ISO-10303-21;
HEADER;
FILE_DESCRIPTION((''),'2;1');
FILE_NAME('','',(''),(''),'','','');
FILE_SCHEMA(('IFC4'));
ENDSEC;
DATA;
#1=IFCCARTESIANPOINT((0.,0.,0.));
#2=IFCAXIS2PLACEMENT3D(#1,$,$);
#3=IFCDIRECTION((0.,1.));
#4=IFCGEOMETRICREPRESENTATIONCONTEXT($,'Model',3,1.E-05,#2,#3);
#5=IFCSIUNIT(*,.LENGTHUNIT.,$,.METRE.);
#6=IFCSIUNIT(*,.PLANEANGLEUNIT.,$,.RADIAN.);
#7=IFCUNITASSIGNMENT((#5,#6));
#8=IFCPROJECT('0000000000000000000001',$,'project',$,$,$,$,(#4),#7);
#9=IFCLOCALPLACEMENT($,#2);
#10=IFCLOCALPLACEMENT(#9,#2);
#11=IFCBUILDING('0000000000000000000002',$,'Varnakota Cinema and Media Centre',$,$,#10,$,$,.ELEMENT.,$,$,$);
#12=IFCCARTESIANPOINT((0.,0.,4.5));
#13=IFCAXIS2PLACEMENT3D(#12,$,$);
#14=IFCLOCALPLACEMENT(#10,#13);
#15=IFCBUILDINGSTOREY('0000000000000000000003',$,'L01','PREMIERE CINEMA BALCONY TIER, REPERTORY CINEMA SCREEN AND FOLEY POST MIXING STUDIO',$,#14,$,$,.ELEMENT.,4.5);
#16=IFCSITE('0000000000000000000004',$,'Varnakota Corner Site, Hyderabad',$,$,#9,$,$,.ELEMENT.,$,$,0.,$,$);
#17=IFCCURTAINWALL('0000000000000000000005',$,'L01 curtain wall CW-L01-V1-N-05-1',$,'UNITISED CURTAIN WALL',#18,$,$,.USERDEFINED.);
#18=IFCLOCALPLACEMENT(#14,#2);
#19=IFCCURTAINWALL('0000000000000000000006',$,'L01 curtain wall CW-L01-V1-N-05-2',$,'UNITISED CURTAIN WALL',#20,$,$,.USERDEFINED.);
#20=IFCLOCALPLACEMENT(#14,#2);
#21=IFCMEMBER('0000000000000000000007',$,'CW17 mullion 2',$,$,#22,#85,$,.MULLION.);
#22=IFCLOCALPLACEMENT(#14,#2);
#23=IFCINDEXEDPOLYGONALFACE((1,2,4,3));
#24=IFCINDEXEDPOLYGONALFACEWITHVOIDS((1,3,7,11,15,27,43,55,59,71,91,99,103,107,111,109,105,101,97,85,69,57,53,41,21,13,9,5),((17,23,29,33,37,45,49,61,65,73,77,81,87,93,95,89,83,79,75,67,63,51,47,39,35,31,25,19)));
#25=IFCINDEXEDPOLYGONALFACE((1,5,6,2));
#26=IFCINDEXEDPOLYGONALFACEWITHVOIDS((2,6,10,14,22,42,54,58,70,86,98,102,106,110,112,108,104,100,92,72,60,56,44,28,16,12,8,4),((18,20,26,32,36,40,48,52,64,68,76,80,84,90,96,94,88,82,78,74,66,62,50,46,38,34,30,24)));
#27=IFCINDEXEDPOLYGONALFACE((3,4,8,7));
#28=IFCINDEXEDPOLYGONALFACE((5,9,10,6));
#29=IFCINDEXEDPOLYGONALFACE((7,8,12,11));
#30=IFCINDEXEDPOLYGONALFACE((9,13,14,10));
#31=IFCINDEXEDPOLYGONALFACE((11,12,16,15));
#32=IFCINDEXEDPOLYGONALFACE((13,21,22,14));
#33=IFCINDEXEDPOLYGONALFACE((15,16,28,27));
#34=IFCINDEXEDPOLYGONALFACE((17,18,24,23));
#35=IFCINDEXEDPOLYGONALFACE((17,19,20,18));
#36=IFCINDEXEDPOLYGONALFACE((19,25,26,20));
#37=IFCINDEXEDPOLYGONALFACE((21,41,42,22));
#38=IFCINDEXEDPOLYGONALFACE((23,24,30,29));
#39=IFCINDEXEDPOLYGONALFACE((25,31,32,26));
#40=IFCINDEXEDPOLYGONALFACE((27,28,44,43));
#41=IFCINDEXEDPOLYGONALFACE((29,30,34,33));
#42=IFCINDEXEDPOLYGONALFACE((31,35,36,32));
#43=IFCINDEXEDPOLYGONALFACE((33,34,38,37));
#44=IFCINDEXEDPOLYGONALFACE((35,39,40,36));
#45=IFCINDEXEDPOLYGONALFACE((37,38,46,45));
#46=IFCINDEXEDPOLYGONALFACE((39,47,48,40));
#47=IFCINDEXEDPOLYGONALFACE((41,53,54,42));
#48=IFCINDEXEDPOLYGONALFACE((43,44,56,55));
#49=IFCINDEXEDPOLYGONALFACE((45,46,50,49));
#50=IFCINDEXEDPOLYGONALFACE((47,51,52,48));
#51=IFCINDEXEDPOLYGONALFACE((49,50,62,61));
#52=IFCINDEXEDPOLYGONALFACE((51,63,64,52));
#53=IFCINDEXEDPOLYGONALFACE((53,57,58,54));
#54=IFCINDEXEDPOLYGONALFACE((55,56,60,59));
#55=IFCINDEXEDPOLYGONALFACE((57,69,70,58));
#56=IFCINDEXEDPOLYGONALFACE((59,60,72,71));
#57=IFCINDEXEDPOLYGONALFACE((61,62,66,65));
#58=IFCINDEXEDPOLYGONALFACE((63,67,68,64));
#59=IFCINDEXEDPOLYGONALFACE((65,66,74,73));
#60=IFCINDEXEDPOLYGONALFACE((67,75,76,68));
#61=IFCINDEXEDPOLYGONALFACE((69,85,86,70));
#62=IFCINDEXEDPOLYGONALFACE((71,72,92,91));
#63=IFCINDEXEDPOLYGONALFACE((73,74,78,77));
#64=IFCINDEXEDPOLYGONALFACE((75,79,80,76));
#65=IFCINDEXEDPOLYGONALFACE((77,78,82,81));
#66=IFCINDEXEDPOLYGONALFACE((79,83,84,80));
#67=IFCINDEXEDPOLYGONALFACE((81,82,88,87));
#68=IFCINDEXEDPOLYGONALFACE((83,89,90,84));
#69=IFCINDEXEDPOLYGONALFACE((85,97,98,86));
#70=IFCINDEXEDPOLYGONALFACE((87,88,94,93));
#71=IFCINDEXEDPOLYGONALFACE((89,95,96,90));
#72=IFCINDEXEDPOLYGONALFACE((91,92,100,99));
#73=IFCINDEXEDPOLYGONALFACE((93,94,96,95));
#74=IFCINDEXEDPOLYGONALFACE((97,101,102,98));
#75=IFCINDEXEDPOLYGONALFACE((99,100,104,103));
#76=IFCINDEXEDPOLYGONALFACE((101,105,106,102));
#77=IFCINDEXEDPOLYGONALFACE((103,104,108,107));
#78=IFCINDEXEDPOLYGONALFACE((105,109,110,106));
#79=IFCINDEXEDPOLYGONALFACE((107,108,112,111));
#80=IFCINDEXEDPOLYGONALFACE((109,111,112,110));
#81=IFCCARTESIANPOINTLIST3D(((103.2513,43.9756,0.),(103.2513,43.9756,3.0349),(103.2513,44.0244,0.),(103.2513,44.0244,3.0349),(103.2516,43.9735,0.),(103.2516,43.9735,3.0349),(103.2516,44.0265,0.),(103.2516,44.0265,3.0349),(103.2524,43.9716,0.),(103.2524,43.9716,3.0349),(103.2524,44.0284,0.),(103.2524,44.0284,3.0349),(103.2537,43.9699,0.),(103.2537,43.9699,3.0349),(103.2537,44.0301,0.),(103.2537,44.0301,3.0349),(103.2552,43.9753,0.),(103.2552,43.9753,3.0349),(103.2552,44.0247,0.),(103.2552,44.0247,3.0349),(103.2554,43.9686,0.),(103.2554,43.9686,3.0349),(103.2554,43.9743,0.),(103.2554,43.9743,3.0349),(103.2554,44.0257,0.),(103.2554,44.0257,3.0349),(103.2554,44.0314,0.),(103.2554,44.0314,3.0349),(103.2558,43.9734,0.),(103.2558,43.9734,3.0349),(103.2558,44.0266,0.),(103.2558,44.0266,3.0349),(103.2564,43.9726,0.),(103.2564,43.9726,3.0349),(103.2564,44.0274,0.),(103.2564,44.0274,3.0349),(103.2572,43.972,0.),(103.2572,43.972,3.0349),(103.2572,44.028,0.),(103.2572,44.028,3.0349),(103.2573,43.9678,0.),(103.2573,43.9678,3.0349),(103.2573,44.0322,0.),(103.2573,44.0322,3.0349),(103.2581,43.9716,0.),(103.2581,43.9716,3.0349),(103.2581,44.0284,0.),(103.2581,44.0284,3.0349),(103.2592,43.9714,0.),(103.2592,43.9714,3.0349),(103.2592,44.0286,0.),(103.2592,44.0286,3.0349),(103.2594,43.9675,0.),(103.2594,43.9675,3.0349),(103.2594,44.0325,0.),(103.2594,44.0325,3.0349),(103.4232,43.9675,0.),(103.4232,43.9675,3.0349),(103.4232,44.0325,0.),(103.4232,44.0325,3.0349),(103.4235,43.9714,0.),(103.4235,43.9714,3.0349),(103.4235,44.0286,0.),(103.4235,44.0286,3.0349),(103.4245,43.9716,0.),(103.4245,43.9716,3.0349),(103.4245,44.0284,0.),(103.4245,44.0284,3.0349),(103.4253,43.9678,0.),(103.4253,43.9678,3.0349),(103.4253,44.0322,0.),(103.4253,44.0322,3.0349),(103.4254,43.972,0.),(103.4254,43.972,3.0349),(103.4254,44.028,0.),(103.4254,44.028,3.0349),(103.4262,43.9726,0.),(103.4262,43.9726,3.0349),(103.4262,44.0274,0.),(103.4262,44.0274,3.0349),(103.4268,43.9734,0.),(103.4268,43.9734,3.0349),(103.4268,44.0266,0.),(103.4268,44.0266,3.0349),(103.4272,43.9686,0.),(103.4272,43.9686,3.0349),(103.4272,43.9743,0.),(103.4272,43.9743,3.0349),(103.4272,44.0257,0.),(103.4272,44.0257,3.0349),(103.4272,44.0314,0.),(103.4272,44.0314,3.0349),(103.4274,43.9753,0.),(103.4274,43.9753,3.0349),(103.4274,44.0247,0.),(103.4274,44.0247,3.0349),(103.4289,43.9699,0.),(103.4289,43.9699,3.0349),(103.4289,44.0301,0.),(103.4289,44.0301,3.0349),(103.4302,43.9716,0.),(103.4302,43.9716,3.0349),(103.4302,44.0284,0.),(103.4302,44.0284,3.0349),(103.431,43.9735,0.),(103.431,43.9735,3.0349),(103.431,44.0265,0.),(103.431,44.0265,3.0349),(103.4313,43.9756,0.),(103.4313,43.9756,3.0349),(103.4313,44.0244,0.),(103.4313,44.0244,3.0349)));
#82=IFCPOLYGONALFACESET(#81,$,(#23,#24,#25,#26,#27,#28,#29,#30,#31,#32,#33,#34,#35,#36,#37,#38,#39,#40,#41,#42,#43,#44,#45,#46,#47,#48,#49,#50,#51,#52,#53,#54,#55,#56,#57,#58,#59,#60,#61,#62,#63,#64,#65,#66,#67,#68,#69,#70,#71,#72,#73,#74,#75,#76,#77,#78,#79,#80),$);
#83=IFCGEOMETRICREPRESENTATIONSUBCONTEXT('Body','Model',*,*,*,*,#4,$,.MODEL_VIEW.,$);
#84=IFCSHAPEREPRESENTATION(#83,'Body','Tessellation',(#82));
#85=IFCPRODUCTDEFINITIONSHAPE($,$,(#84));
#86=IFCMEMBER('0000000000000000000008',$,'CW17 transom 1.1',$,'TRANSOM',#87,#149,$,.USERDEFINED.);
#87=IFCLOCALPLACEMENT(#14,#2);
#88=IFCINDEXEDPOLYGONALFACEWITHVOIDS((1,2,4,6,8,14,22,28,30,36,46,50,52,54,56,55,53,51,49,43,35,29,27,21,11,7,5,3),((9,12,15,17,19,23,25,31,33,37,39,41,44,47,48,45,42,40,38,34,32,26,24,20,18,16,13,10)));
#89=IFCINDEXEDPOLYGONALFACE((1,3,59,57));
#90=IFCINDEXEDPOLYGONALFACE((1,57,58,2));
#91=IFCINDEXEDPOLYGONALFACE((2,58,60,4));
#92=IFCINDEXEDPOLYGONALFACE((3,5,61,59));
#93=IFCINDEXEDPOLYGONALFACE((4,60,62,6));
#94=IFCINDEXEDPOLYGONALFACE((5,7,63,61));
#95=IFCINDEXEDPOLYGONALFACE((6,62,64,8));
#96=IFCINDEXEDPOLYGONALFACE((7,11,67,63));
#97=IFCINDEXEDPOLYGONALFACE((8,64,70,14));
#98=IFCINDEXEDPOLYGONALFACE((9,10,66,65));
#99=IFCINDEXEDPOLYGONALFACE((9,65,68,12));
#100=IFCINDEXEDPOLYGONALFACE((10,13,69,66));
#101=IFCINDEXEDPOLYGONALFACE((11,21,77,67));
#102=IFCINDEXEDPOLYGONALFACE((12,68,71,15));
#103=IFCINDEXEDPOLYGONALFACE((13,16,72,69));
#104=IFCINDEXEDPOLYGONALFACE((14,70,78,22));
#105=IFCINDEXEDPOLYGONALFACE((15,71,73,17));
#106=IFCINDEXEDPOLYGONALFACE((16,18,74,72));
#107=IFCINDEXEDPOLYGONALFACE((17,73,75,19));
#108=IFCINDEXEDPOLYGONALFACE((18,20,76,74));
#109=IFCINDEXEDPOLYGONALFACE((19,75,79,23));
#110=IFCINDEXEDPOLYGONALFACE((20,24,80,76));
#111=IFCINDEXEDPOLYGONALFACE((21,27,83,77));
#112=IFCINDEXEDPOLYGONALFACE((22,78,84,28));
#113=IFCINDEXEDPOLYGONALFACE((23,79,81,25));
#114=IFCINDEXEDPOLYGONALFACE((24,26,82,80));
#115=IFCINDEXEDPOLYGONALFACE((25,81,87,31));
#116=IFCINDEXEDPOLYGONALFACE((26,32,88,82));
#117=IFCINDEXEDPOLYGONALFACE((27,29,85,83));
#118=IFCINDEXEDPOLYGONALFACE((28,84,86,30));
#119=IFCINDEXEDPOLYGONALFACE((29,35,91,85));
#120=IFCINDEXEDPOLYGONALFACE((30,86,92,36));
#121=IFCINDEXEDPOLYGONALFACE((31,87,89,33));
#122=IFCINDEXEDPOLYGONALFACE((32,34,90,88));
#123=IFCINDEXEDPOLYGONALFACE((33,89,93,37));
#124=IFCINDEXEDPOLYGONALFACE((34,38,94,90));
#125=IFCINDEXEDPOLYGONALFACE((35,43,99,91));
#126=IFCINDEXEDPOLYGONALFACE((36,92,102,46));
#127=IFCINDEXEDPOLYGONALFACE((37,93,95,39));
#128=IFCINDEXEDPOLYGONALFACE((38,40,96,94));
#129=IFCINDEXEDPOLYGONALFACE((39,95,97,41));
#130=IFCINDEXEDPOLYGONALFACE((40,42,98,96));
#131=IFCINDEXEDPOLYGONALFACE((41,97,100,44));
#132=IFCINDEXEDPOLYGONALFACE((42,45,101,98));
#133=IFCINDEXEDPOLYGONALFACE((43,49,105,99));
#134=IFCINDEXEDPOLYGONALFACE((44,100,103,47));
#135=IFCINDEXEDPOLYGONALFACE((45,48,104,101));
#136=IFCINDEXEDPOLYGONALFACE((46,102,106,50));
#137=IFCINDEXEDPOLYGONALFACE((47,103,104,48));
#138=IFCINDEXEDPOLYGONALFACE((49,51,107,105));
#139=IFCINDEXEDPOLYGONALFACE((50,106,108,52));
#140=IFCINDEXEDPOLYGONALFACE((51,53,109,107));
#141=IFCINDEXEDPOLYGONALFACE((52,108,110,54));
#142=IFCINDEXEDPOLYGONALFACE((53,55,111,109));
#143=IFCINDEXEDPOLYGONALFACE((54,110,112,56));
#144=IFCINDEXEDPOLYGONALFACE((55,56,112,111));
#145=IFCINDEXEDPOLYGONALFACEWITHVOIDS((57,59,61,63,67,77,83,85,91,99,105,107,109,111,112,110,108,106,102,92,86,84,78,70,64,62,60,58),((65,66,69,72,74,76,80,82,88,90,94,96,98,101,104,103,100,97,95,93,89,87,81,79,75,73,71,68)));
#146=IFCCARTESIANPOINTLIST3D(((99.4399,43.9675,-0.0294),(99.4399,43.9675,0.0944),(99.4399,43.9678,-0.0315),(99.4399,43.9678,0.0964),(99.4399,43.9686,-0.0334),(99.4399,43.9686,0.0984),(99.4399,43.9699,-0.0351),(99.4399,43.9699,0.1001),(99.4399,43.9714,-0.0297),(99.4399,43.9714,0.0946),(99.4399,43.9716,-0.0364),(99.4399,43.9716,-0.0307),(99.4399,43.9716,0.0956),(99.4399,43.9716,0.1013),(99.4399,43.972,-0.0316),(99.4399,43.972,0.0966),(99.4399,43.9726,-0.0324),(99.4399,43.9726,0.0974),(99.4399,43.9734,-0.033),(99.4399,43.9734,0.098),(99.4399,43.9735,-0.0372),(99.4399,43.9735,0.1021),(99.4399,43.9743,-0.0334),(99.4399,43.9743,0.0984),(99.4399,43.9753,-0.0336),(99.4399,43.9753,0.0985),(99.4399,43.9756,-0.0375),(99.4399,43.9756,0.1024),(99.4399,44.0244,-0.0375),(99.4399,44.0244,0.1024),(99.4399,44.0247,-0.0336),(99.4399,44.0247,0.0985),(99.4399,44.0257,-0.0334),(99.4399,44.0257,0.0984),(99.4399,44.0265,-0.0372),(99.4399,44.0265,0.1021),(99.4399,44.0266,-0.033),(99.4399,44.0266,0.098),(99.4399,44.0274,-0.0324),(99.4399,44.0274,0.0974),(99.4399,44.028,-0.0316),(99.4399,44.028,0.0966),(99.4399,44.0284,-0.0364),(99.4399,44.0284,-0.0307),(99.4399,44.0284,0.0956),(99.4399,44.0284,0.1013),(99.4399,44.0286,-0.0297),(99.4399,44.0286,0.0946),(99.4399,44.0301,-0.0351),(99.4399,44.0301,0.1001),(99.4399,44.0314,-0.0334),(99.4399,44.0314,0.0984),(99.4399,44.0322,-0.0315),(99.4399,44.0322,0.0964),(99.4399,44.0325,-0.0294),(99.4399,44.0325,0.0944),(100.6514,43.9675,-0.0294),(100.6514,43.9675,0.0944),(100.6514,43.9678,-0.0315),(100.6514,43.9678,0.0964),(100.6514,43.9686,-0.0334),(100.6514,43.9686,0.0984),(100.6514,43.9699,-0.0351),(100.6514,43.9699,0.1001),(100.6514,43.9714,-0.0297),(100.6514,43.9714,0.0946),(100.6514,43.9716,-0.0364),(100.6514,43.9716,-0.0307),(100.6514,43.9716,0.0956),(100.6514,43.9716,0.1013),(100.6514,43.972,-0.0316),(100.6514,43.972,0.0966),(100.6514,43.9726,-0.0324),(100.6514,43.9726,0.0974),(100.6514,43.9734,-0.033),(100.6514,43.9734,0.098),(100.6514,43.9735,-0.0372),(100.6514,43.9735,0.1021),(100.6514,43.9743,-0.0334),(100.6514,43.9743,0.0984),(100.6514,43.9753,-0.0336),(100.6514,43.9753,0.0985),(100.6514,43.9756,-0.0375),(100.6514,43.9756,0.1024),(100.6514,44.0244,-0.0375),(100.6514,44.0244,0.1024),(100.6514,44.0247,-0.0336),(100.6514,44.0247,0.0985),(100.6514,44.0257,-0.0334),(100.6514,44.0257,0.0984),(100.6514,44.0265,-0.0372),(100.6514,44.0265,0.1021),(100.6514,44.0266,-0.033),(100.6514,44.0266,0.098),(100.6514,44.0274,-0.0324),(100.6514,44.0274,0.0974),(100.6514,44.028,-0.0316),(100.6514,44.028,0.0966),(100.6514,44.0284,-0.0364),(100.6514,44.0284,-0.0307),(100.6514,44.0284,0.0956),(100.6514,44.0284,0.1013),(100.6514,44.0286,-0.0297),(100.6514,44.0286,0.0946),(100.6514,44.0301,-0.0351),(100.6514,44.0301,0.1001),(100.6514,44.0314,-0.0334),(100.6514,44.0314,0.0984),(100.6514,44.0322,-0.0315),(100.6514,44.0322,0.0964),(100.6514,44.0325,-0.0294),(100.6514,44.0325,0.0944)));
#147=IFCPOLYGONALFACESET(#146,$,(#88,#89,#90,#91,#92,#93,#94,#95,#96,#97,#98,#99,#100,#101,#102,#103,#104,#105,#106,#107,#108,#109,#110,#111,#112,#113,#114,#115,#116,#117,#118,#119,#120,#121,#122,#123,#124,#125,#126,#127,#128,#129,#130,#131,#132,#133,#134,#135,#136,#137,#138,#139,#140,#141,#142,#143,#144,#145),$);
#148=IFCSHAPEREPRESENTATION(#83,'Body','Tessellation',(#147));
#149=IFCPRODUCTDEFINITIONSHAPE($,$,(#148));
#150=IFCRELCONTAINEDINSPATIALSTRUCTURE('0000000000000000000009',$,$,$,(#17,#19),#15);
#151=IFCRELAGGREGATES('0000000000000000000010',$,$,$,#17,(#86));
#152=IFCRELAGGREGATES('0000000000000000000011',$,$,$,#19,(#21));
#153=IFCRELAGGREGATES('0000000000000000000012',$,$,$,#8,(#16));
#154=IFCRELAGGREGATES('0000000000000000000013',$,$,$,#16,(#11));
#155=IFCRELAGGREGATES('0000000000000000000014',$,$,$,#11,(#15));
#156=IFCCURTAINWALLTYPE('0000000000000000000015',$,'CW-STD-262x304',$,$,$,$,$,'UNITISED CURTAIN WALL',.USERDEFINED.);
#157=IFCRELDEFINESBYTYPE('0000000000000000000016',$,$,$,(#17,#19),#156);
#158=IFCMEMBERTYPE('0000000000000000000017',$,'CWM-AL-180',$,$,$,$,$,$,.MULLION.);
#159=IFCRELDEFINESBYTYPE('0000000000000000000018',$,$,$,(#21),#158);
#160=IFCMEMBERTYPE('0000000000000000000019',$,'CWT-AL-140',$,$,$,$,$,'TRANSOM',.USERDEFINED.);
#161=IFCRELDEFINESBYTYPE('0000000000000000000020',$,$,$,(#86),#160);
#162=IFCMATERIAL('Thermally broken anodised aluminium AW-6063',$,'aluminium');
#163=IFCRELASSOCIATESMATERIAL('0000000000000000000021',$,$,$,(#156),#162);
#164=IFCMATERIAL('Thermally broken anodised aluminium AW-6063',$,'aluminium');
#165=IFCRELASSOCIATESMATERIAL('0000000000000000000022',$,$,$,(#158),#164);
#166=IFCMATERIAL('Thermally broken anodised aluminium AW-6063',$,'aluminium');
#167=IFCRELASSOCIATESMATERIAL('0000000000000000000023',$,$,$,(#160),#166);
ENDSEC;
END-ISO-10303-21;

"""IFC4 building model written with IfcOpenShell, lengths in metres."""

from ifc_helpers import new_model, si_unit, direction, frame, origin, origin_2d, place, context, subcontext, project, spatial, hollow_rectangle, extrude, material, material_profile, profile_set, type_object, element, aggregate, save


model = new_model("IFC4")

# Units and contexts
model_context = context("Model", 3, precision=1e-05, world=origin(), true_north=direction((0.0, 1.0)))
body_context = subcontext(model_context, "Body", "Model", "MODEL_VIEW")
ifc_project = project(units=[si_unit("LENGTHUNIT", "METRE"), si_unit("PLANEANGLEUNIT", "RADIAN")], contexts=[model_context])

# Site, building, storey
site_placement = place(None, origin())
site = spatial("IfcSite", under=ifc_project, at=site_placement, Name="Varnakota Corner Site, Hyderabad", CompositionType="ELEMENT", RefElevation=0.0)
building_placement = place(site_placement, origin())
building = spatial("IfcBuilding", under=site, at=building_placement, Name="Varnakota Cinema and Media Centre", CompositionType="ELEMENT")
storey_placement = place(building_placement, frame((0.0, 0.0, 4.5)))
storey = spatial("IfcBuildingStorey", under=building, at=storey_placement, Name="L01", Description="PREMIERE CINEMA BALCONY TIER, REPERTORY CINEMA SCREEN AND FOLEY POST MIXING STUDIO", CompositionType="ELEMENT", Elevation=4.5)

# Curtain walls, member
ifc_material_1 = material(Name="Thermally broken anodised aluminium AW-6063", Category="aluminium")
curtain_wall_type = type_object("IfcCurtainWallType", Name="CW-STD-262x304", ElementType="UNITISED CURTAIN WALL", PredefinedType="USERDEFINED", material=ifc_material_1)
curtain_wall_1_placement = place(storey_placement, origin())
curtain_wall_1 = element("IfcCurtainWall", 1, at=curtain_wall_1_placement, inside=storey, type_object=curtain_wall_type, Name="L01 curtain wall CW-L01-V1-N-05-1", ObjectType="UNITISED CURTAIN WALL", PredefinedType="USERDEFINED")
ifc_material_2 = material(Name="Thermally broken anodised aluminium AW-6063", Category="aluminium")
ifc_material_profile_1 = material_profile(ifc_material_2, hollow_rectangle(XDim=0.0649, YDim=0.1799, WallThickness=0.0039, InnerFilletRadius=0.0039, OuterFilletRadius=0.0081, at=origin_2d()), Name="AL-MULLION 180x65x4")
ifc_profile_set_1 = profile_set([ifc_material_profile_1], Name="Thermally broken anodised aluminium AW-6063")
member_type_1 = type_object("IfcMemberType", Name="CWM-AL-180", PredefinedType="MULLION", material=ifc_profile_set_1)
curtain_wall_2_placement = place(storey_placement, origin())
curtain_wall_2 = element("IfcCurtainWall", 2, at=curtain_wall_2_placement, inside=storey, type_object=curtain_wall_type, Name="L01 curtain wall CW-L01-V1-N-05-2", ObjectType="UNITISED CURTAIN WALL", PredefinedType="USERDEFINED")
member_1_placement = place(storey_placement, frame((103.3413, 44.0, 0.0), z_axis=(0.0, 0.0, 1.0), x_axis=(0.0, 1.0, 0.0)))
member_1 = element("IfcMember", 3, at=member_1_placement, type_object=member_type_1, Name="CW17 mullion 2", PredefinedType="MULLION", context=body_context, shape_type="SweptSolid", body=[
    extrude(hollow_rectangle(XDim=0.0649, YDim=0.1799, WallThickness=0.0039, InnerFilletRadius=0.0039, OuterFilletRadius=0.0081, at=origin_2d()), origin(), (0.0, 0.0, 1.0), 3.0349),
])

# Member
ifc_material_3 = material(Name="Thermally broken anodised aluminium AW-6063", Category="aluminium")
ifc_material_profile_2 = material_profile(ifc_material_3, hollow_rectangle(XDim=0.0649, YDim=0.1399, WallThickness=0.0039, InnerFilletRadius=0.0039, OuterFilletRadius=0.0081, at=origin_2d()), Name="AL-TRANSOM 140x65x4")
ifc_profile_set_2 = profile_set([ifc_material_profile_2], Name="Thermally broken anodised aluminium AW-6063")
member_type_2 = type_object("IfcMemberType", Name="CWT-AL-140", ElementType="TRANSOM", PredefinedType="USERDEFINED", material=ifc_profile_set_2)
member_2_placement = place(storey_placement, frame((99.4399, 44.0, 0.0325), z_axis=(1.0, 0.0, 0.0), x_axis=(0.0, 1.0, 0.0)))
member_2 = element("IfcMember", 4, at=member_2_placement, type_object=member_type_2, Name="CW17 transom 1.1", ObjectType="TRANSOM", PredefinedType="USERDEFINED", context=body_context, shape_type="SweptSolid", body=[
    extrude(hollow_rectangle(XDim=0.0649, YDim=0.1399, WallThickness=0.0039, InnerFilletRadius=0.0039, OuterFilletRadius=0.0081, at=origin_2d()), origin(), (0.0, 0.0, 1.0), 1.2114),
])

aggregate(curtain_wall_1, [member_2])
aggregate(curtain_wall_2, [member_1])

save(model, "model.ifc")
